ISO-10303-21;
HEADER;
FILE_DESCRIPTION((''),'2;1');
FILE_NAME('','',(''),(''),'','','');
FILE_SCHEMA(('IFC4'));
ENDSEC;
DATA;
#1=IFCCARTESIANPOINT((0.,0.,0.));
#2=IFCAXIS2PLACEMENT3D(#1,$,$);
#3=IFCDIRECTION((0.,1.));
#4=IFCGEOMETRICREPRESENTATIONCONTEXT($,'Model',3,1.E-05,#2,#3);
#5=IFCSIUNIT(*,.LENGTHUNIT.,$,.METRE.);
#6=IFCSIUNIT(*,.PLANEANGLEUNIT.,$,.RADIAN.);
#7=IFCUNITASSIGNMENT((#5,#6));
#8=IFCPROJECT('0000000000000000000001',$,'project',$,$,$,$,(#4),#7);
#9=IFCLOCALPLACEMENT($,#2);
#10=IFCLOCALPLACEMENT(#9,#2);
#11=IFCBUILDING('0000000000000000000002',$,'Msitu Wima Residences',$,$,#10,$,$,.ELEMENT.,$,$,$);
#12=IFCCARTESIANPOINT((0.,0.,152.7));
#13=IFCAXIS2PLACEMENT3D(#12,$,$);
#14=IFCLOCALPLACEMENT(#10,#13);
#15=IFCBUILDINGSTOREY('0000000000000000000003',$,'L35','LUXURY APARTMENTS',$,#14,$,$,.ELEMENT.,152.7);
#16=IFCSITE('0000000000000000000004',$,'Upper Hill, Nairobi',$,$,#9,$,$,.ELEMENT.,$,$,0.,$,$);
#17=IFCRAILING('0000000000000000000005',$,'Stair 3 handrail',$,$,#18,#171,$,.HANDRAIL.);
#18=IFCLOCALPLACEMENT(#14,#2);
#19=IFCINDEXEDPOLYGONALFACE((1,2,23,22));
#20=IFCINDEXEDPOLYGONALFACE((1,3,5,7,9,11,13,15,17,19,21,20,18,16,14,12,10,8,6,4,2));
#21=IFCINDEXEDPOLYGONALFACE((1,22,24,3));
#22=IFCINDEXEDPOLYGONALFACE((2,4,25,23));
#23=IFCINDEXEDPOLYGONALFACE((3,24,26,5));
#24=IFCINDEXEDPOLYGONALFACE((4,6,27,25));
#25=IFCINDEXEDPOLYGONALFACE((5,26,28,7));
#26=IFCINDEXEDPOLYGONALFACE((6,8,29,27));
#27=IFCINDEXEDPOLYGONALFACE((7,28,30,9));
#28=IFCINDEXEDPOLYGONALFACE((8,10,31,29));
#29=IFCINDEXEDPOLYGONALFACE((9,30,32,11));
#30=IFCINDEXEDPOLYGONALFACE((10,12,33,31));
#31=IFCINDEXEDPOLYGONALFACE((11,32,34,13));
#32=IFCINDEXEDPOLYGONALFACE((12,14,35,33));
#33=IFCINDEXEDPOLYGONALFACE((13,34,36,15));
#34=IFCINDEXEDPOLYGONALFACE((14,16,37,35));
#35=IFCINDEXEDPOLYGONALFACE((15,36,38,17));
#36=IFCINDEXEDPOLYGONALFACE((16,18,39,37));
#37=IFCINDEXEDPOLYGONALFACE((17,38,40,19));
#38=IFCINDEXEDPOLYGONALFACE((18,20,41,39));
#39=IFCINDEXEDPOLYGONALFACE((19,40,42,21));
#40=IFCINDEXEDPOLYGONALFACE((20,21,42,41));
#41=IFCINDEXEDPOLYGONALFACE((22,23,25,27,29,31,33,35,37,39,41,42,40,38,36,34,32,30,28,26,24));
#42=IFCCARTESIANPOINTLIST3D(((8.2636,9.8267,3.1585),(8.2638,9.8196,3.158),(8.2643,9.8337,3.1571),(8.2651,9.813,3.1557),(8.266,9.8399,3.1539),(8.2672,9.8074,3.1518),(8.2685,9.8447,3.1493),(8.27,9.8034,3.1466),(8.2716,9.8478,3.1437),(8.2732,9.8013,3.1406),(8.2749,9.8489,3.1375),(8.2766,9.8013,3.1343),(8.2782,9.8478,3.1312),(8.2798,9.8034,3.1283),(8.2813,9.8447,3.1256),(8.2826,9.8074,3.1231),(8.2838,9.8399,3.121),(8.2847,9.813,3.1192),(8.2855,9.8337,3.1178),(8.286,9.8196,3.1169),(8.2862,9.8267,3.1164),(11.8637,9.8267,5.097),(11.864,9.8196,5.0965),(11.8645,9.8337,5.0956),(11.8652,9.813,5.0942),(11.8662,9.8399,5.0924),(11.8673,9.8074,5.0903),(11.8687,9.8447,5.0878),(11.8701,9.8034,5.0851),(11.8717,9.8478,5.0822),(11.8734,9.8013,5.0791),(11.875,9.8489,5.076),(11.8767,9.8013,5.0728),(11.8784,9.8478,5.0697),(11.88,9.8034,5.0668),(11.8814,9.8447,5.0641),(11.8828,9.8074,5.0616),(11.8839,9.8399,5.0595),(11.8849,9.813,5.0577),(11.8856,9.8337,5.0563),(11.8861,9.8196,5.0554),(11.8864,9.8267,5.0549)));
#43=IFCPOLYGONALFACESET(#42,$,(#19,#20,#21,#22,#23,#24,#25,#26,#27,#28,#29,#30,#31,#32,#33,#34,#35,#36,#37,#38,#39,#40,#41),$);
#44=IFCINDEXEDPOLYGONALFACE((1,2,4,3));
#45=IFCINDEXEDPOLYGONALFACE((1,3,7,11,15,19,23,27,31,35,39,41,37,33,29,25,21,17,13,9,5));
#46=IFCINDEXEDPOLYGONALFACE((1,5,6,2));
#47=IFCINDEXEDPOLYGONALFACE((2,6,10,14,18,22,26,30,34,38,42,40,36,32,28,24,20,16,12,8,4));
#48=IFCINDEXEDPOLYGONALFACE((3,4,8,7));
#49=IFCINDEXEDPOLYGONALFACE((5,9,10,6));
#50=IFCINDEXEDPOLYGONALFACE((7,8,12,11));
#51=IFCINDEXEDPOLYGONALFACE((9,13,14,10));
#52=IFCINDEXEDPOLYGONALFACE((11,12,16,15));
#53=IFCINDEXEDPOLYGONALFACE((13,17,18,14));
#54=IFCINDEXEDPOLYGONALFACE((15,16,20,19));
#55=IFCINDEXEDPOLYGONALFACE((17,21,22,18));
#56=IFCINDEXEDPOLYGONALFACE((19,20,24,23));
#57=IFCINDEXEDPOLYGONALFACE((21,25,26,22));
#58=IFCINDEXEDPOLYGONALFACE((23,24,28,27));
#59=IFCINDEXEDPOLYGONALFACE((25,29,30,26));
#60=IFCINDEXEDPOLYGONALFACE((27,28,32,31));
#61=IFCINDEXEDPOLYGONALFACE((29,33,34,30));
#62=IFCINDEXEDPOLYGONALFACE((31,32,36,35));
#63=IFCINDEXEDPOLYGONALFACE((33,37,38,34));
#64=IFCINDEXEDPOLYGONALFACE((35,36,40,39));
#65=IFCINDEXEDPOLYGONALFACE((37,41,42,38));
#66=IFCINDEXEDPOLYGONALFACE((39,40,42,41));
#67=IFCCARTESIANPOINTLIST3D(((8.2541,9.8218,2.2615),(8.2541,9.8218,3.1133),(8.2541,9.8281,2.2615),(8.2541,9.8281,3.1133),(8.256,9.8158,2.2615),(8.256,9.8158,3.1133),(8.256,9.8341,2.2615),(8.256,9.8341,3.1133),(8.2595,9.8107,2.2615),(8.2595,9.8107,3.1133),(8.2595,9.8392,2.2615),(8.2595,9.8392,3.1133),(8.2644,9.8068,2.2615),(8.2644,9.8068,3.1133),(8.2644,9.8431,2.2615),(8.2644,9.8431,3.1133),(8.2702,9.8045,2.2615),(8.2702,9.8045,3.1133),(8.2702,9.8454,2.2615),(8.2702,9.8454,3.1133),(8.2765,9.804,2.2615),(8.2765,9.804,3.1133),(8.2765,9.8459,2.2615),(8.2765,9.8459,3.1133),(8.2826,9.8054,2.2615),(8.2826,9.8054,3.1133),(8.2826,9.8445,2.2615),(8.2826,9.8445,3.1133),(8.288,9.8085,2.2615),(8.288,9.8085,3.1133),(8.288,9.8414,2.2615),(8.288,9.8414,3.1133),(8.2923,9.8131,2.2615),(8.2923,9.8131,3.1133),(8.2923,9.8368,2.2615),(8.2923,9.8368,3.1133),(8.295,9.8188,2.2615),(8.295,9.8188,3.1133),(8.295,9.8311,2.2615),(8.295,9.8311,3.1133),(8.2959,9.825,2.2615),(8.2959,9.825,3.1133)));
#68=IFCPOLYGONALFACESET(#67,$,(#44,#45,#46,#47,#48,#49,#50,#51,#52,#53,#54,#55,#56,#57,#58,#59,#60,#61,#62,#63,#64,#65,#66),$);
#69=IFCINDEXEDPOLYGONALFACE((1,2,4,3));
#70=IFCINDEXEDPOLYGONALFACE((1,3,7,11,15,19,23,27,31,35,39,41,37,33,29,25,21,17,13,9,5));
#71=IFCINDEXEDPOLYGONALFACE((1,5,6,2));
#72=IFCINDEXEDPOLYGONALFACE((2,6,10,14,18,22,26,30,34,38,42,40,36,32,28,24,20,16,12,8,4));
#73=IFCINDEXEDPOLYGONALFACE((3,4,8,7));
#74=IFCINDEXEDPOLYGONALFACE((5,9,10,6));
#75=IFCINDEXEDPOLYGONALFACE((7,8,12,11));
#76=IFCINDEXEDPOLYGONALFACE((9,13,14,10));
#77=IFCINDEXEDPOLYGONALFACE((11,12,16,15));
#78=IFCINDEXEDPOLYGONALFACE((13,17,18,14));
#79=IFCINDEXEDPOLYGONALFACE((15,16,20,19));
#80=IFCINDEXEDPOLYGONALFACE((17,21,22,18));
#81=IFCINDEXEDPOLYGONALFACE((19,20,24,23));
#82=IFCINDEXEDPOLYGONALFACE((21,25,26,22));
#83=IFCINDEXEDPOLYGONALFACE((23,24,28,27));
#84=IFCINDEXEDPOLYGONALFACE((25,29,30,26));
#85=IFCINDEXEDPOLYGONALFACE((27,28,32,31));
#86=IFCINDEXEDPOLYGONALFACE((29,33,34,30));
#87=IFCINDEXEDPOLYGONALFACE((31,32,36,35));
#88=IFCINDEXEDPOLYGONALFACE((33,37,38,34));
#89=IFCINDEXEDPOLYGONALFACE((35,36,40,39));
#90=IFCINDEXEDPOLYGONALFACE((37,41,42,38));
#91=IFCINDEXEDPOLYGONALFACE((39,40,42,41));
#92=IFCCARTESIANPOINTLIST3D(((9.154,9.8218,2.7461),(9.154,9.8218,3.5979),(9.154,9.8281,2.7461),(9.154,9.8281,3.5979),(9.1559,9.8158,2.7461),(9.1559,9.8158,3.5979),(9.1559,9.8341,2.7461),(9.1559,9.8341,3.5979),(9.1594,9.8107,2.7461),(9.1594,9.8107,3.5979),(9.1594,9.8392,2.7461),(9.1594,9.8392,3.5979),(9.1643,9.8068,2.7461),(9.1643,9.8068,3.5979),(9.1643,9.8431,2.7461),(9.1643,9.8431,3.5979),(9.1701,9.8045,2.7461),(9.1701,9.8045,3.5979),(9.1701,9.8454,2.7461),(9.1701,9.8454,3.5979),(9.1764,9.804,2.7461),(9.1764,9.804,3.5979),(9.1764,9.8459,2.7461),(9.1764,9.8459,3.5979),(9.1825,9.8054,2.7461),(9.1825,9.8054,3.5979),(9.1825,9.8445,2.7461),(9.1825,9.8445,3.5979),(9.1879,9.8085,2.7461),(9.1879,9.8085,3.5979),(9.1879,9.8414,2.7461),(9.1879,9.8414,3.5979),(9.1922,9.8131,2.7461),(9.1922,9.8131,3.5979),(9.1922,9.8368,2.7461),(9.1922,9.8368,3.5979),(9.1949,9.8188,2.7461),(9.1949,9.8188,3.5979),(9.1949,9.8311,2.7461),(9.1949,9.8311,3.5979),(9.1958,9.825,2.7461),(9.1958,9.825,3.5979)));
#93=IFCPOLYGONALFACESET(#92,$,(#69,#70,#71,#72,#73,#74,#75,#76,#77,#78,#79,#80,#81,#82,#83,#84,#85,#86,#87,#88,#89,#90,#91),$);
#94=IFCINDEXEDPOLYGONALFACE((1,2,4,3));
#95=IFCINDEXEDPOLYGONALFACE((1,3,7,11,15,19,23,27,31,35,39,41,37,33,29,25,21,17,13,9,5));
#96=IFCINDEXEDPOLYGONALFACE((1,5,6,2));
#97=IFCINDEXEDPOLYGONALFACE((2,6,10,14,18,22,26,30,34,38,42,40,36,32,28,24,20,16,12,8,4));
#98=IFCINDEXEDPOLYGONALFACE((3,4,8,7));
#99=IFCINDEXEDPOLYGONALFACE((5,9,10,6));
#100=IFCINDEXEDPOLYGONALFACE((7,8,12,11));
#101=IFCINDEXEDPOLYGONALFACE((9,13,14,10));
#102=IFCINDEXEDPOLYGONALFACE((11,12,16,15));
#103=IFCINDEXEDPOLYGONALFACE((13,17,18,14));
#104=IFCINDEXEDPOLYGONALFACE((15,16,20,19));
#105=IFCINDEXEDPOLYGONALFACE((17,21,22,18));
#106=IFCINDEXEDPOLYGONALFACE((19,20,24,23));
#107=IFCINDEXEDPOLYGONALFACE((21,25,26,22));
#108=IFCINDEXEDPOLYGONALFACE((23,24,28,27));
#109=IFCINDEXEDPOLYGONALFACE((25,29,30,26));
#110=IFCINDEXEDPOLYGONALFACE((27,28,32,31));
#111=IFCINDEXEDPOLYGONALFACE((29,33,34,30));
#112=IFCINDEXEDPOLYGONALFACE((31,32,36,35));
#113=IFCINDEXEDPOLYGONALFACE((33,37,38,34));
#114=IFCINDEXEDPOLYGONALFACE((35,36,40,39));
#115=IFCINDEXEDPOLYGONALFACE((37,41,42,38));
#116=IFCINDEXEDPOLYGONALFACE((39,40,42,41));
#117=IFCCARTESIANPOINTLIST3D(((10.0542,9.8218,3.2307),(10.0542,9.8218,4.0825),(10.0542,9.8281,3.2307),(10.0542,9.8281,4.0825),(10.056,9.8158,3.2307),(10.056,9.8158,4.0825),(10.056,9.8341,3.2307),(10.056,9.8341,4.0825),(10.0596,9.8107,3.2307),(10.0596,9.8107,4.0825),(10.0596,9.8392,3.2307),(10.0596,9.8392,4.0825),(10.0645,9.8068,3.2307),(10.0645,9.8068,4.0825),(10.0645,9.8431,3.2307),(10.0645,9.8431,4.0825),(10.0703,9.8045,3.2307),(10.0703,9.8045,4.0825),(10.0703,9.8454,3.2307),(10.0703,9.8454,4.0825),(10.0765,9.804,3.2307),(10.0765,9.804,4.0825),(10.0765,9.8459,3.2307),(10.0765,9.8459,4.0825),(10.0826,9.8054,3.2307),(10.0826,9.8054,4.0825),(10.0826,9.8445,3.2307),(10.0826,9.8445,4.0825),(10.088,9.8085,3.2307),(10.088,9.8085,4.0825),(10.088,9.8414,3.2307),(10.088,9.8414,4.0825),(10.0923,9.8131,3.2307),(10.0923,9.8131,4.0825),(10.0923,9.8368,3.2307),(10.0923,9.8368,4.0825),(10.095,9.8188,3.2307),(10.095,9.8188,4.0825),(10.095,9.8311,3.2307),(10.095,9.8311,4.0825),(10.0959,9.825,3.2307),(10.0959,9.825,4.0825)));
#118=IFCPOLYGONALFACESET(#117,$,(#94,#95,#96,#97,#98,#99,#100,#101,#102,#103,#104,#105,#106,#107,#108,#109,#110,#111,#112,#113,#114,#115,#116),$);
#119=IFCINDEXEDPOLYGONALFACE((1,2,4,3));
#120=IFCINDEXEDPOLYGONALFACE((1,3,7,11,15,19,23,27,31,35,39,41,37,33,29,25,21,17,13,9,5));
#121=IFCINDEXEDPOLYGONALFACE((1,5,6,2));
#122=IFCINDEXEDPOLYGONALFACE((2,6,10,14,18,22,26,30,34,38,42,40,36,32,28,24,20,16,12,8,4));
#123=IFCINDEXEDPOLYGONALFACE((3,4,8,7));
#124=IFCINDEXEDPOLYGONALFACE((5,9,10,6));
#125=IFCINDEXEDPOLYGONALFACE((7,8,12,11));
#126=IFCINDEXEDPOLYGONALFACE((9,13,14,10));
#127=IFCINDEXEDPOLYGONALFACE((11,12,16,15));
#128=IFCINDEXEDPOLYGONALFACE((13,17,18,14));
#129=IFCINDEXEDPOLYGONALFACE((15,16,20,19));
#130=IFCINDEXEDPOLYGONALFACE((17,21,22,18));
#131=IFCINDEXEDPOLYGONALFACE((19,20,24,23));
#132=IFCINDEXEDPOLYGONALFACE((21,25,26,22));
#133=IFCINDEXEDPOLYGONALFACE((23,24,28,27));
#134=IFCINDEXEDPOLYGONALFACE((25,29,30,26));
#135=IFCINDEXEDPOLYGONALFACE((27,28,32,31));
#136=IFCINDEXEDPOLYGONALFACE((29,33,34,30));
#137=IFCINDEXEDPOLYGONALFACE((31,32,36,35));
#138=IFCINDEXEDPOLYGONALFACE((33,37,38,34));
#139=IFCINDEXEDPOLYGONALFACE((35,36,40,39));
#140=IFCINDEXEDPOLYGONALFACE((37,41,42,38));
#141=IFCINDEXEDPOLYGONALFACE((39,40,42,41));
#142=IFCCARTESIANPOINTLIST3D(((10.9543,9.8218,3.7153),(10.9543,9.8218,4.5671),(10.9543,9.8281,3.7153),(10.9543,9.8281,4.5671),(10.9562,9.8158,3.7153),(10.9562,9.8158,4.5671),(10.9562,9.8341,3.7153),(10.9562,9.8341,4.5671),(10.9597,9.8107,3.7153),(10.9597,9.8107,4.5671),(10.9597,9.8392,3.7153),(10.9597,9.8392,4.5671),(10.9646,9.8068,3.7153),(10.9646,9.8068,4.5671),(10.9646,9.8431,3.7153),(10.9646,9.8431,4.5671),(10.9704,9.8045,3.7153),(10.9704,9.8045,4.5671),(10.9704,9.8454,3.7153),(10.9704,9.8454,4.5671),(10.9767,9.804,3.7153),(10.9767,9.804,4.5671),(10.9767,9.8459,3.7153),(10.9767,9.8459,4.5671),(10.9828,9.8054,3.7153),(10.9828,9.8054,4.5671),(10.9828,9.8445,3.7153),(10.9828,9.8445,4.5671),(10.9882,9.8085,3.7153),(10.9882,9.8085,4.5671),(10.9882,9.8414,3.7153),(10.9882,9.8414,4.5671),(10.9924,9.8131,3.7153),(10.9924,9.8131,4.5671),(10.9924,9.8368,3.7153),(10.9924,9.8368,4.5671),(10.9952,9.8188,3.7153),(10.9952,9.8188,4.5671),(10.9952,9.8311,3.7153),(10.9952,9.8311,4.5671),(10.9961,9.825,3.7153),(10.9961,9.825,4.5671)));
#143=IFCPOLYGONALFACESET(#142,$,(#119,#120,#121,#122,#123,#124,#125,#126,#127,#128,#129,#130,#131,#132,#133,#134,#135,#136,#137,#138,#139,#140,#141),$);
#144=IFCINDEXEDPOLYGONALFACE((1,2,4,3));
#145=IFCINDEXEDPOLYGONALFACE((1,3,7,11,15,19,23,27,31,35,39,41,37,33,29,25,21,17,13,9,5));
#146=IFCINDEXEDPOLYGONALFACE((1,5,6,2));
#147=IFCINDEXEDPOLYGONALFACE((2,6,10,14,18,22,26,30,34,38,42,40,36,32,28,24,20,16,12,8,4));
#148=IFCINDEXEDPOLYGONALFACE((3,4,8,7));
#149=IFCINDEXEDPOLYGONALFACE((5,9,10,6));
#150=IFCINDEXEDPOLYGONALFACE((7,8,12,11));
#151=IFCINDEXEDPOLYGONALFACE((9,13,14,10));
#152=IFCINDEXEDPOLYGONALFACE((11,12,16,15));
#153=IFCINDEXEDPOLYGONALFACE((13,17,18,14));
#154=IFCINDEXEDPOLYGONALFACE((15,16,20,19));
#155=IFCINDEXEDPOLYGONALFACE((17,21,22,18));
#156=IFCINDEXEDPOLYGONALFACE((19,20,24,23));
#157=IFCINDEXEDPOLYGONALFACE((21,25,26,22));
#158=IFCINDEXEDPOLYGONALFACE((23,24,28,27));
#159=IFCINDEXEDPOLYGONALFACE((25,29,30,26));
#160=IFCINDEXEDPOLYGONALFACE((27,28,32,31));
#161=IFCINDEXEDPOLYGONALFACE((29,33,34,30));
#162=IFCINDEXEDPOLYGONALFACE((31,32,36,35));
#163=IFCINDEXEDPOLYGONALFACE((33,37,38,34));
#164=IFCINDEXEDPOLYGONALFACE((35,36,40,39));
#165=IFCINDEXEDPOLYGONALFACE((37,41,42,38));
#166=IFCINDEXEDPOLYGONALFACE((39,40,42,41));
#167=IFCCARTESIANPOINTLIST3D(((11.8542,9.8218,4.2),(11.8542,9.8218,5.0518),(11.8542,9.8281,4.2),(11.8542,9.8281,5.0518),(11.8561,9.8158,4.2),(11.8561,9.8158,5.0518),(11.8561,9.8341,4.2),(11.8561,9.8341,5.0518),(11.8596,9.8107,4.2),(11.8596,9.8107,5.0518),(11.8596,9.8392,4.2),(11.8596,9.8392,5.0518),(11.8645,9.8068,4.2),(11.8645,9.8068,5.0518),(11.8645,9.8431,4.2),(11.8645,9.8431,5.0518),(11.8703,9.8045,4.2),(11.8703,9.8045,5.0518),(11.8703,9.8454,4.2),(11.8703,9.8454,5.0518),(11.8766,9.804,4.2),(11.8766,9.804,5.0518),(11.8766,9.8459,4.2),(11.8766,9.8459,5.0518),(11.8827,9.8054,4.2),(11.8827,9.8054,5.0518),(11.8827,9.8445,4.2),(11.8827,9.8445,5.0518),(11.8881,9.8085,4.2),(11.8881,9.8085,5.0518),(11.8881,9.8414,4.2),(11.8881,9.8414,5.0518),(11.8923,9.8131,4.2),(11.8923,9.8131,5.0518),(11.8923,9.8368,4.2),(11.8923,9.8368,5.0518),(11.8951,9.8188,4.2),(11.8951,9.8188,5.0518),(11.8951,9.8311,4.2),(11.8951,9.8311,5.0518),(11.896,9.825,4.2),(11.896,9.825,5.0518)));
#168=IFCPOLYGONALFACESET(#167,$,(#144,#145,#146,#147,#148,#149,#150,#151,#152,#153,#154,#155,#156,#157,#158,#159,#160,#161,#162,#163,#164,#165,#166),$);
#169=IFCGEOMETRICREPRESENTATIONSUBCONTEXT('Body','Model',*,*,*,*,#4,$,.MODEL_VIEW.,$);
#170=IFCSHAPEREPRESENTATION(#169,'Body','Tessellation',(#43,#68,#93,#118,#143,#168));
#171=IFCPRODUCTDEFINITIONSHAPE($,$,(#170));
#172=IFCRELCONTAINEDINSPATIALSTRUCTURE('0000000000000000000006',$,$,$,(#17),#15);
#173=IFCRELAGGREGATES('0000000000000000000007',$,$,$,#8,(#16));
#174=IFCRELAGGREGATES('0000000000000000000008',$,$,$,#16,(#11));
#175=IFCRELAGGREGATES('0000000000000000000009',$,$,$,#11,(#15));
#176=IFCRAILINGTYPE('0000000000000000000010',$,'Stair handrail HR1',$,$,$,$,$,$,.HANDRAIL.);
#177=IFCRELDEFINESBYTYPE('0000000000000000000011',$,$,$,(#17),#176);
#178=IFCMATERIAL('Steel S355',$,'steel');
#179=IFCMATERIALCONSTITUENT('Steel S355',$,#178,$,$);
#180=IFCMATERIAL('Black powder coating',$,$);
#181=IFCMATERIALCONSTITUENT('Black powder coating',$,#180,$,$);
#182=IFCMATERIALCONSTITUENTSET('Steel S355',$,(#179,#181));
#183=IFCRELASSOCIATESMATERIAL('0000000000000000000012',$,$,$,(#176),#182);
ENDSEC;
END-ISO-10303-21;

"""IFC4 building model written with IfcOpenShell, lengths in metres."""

from ifc_helpers import new_model, si_unit, direction, frame, origin, origin_2d, place, context, subcontext, project, spatial, circle, extrude, material, constituent, constituent_set, type_object, element, save


model = new_model("IFC4")

# Units and contexts
model_context = context("Model", 3, precision=1e-05, world=origin(), true_north=direction((0.0, 1.0)))
body_context = subcontext(model_context, "Body", "Model", "MODEL_VIEW")
ifc_project = project(units=[si_unit("LENGTHUNIT", "METRE"), si_unit("PLANEANGLEUNIT", "RADIAN")], contexts=[model_context])

# Site, building, storey
site_placement = place(None, origin())
site = spatial("IfcSite", under=ifc_project, at=site_placement, Name="Upper Hill, Nairobi", CompositionType="ELEMENT", RefElevation=0.0)
building_placement = place(site_placement, origin())
building = spatial("IfcBuilding", under=site, at=building_placement, Name="Msitu Wima Residences", CompositionType="ELEMENT")
storey_placement = place(building_placement, frame((0.0, 0.0, 152.7)))
storey = spatial("IfcBuildingStorey", under=building, at=storey_placement, Name="L35", Description="LUXURY APARTMENTS", CompositionType="ELEMENT", Elevation=152.7)

# Railing
ifc_material_1 = material(Name="Steel S355", Category="steel")
ifc_constituent_1 = constituent(ifc_material_1, Name="Steel S355")
ifc_material_2 = material(Name="Black powder coating")
ifc_constituent_2 = constituent(ifc_material_2, Name="Black powder coating")
ifc_constituent_set_1 = constituent_set(constituents=[ifc_constituent_1, ifc_constituent_2], Name="Steel S355")
railing_type_1 = type_object("IfcRailingType", Name="Stair handrail HR1", PredefinedType="HANDRAIL", material=ifc_constituent_set_1)
railing_1_placement = place(storey_placement, frame((8.2749, 9.825, 2.2615)))
element("IfcRailing", 1, at=railing_1_placement, inside=storey, type_object=railing_type_1, Name="Stair 3 handrail", PredefinedType="HANDRAIL", context=body_context, shape_type="SweptSolid", body=[
    extrude(circle(Radius=0.0239, at=origin_2d()), frame((0.0, 0.0, 0.876), z_axis=(0.880475, 0.0, 0.474093), x_axis=(0.0, 1.0, 0.0)), (0.0, 0.0, 1.0), 4.0889),
    extrude(circle(Radius=0.021, at=origin_2d()), origin(), (0.0, 0.0, 1.0), 0.8518),
    extrude(circle(Radius=0.021, at=origin_2d()), frame((0.8999, 0.0, 0.4846)), (0.0, 0.0, 1.0), 0.8518),
    extrude(circle(Radius=0.021, at=origin_2d()), frame((1.8, 0.0, 0.9692)), (0.0, 0.0, 1.0), 0.8518),
    extrude(circle(Radius=0.021, at=origin_2d()), frame((2.7002, 0.0, 1.4539)), (0.0, 0.0, 1.0), 0.8518),
    extrude(circle(Radius=0.021, at=origin_2d()), frame((3.6001, 0.0, 1.9385)), (0.0, 0.0, 1.0), 0.8518),
])

save(model, "model.ifc")
